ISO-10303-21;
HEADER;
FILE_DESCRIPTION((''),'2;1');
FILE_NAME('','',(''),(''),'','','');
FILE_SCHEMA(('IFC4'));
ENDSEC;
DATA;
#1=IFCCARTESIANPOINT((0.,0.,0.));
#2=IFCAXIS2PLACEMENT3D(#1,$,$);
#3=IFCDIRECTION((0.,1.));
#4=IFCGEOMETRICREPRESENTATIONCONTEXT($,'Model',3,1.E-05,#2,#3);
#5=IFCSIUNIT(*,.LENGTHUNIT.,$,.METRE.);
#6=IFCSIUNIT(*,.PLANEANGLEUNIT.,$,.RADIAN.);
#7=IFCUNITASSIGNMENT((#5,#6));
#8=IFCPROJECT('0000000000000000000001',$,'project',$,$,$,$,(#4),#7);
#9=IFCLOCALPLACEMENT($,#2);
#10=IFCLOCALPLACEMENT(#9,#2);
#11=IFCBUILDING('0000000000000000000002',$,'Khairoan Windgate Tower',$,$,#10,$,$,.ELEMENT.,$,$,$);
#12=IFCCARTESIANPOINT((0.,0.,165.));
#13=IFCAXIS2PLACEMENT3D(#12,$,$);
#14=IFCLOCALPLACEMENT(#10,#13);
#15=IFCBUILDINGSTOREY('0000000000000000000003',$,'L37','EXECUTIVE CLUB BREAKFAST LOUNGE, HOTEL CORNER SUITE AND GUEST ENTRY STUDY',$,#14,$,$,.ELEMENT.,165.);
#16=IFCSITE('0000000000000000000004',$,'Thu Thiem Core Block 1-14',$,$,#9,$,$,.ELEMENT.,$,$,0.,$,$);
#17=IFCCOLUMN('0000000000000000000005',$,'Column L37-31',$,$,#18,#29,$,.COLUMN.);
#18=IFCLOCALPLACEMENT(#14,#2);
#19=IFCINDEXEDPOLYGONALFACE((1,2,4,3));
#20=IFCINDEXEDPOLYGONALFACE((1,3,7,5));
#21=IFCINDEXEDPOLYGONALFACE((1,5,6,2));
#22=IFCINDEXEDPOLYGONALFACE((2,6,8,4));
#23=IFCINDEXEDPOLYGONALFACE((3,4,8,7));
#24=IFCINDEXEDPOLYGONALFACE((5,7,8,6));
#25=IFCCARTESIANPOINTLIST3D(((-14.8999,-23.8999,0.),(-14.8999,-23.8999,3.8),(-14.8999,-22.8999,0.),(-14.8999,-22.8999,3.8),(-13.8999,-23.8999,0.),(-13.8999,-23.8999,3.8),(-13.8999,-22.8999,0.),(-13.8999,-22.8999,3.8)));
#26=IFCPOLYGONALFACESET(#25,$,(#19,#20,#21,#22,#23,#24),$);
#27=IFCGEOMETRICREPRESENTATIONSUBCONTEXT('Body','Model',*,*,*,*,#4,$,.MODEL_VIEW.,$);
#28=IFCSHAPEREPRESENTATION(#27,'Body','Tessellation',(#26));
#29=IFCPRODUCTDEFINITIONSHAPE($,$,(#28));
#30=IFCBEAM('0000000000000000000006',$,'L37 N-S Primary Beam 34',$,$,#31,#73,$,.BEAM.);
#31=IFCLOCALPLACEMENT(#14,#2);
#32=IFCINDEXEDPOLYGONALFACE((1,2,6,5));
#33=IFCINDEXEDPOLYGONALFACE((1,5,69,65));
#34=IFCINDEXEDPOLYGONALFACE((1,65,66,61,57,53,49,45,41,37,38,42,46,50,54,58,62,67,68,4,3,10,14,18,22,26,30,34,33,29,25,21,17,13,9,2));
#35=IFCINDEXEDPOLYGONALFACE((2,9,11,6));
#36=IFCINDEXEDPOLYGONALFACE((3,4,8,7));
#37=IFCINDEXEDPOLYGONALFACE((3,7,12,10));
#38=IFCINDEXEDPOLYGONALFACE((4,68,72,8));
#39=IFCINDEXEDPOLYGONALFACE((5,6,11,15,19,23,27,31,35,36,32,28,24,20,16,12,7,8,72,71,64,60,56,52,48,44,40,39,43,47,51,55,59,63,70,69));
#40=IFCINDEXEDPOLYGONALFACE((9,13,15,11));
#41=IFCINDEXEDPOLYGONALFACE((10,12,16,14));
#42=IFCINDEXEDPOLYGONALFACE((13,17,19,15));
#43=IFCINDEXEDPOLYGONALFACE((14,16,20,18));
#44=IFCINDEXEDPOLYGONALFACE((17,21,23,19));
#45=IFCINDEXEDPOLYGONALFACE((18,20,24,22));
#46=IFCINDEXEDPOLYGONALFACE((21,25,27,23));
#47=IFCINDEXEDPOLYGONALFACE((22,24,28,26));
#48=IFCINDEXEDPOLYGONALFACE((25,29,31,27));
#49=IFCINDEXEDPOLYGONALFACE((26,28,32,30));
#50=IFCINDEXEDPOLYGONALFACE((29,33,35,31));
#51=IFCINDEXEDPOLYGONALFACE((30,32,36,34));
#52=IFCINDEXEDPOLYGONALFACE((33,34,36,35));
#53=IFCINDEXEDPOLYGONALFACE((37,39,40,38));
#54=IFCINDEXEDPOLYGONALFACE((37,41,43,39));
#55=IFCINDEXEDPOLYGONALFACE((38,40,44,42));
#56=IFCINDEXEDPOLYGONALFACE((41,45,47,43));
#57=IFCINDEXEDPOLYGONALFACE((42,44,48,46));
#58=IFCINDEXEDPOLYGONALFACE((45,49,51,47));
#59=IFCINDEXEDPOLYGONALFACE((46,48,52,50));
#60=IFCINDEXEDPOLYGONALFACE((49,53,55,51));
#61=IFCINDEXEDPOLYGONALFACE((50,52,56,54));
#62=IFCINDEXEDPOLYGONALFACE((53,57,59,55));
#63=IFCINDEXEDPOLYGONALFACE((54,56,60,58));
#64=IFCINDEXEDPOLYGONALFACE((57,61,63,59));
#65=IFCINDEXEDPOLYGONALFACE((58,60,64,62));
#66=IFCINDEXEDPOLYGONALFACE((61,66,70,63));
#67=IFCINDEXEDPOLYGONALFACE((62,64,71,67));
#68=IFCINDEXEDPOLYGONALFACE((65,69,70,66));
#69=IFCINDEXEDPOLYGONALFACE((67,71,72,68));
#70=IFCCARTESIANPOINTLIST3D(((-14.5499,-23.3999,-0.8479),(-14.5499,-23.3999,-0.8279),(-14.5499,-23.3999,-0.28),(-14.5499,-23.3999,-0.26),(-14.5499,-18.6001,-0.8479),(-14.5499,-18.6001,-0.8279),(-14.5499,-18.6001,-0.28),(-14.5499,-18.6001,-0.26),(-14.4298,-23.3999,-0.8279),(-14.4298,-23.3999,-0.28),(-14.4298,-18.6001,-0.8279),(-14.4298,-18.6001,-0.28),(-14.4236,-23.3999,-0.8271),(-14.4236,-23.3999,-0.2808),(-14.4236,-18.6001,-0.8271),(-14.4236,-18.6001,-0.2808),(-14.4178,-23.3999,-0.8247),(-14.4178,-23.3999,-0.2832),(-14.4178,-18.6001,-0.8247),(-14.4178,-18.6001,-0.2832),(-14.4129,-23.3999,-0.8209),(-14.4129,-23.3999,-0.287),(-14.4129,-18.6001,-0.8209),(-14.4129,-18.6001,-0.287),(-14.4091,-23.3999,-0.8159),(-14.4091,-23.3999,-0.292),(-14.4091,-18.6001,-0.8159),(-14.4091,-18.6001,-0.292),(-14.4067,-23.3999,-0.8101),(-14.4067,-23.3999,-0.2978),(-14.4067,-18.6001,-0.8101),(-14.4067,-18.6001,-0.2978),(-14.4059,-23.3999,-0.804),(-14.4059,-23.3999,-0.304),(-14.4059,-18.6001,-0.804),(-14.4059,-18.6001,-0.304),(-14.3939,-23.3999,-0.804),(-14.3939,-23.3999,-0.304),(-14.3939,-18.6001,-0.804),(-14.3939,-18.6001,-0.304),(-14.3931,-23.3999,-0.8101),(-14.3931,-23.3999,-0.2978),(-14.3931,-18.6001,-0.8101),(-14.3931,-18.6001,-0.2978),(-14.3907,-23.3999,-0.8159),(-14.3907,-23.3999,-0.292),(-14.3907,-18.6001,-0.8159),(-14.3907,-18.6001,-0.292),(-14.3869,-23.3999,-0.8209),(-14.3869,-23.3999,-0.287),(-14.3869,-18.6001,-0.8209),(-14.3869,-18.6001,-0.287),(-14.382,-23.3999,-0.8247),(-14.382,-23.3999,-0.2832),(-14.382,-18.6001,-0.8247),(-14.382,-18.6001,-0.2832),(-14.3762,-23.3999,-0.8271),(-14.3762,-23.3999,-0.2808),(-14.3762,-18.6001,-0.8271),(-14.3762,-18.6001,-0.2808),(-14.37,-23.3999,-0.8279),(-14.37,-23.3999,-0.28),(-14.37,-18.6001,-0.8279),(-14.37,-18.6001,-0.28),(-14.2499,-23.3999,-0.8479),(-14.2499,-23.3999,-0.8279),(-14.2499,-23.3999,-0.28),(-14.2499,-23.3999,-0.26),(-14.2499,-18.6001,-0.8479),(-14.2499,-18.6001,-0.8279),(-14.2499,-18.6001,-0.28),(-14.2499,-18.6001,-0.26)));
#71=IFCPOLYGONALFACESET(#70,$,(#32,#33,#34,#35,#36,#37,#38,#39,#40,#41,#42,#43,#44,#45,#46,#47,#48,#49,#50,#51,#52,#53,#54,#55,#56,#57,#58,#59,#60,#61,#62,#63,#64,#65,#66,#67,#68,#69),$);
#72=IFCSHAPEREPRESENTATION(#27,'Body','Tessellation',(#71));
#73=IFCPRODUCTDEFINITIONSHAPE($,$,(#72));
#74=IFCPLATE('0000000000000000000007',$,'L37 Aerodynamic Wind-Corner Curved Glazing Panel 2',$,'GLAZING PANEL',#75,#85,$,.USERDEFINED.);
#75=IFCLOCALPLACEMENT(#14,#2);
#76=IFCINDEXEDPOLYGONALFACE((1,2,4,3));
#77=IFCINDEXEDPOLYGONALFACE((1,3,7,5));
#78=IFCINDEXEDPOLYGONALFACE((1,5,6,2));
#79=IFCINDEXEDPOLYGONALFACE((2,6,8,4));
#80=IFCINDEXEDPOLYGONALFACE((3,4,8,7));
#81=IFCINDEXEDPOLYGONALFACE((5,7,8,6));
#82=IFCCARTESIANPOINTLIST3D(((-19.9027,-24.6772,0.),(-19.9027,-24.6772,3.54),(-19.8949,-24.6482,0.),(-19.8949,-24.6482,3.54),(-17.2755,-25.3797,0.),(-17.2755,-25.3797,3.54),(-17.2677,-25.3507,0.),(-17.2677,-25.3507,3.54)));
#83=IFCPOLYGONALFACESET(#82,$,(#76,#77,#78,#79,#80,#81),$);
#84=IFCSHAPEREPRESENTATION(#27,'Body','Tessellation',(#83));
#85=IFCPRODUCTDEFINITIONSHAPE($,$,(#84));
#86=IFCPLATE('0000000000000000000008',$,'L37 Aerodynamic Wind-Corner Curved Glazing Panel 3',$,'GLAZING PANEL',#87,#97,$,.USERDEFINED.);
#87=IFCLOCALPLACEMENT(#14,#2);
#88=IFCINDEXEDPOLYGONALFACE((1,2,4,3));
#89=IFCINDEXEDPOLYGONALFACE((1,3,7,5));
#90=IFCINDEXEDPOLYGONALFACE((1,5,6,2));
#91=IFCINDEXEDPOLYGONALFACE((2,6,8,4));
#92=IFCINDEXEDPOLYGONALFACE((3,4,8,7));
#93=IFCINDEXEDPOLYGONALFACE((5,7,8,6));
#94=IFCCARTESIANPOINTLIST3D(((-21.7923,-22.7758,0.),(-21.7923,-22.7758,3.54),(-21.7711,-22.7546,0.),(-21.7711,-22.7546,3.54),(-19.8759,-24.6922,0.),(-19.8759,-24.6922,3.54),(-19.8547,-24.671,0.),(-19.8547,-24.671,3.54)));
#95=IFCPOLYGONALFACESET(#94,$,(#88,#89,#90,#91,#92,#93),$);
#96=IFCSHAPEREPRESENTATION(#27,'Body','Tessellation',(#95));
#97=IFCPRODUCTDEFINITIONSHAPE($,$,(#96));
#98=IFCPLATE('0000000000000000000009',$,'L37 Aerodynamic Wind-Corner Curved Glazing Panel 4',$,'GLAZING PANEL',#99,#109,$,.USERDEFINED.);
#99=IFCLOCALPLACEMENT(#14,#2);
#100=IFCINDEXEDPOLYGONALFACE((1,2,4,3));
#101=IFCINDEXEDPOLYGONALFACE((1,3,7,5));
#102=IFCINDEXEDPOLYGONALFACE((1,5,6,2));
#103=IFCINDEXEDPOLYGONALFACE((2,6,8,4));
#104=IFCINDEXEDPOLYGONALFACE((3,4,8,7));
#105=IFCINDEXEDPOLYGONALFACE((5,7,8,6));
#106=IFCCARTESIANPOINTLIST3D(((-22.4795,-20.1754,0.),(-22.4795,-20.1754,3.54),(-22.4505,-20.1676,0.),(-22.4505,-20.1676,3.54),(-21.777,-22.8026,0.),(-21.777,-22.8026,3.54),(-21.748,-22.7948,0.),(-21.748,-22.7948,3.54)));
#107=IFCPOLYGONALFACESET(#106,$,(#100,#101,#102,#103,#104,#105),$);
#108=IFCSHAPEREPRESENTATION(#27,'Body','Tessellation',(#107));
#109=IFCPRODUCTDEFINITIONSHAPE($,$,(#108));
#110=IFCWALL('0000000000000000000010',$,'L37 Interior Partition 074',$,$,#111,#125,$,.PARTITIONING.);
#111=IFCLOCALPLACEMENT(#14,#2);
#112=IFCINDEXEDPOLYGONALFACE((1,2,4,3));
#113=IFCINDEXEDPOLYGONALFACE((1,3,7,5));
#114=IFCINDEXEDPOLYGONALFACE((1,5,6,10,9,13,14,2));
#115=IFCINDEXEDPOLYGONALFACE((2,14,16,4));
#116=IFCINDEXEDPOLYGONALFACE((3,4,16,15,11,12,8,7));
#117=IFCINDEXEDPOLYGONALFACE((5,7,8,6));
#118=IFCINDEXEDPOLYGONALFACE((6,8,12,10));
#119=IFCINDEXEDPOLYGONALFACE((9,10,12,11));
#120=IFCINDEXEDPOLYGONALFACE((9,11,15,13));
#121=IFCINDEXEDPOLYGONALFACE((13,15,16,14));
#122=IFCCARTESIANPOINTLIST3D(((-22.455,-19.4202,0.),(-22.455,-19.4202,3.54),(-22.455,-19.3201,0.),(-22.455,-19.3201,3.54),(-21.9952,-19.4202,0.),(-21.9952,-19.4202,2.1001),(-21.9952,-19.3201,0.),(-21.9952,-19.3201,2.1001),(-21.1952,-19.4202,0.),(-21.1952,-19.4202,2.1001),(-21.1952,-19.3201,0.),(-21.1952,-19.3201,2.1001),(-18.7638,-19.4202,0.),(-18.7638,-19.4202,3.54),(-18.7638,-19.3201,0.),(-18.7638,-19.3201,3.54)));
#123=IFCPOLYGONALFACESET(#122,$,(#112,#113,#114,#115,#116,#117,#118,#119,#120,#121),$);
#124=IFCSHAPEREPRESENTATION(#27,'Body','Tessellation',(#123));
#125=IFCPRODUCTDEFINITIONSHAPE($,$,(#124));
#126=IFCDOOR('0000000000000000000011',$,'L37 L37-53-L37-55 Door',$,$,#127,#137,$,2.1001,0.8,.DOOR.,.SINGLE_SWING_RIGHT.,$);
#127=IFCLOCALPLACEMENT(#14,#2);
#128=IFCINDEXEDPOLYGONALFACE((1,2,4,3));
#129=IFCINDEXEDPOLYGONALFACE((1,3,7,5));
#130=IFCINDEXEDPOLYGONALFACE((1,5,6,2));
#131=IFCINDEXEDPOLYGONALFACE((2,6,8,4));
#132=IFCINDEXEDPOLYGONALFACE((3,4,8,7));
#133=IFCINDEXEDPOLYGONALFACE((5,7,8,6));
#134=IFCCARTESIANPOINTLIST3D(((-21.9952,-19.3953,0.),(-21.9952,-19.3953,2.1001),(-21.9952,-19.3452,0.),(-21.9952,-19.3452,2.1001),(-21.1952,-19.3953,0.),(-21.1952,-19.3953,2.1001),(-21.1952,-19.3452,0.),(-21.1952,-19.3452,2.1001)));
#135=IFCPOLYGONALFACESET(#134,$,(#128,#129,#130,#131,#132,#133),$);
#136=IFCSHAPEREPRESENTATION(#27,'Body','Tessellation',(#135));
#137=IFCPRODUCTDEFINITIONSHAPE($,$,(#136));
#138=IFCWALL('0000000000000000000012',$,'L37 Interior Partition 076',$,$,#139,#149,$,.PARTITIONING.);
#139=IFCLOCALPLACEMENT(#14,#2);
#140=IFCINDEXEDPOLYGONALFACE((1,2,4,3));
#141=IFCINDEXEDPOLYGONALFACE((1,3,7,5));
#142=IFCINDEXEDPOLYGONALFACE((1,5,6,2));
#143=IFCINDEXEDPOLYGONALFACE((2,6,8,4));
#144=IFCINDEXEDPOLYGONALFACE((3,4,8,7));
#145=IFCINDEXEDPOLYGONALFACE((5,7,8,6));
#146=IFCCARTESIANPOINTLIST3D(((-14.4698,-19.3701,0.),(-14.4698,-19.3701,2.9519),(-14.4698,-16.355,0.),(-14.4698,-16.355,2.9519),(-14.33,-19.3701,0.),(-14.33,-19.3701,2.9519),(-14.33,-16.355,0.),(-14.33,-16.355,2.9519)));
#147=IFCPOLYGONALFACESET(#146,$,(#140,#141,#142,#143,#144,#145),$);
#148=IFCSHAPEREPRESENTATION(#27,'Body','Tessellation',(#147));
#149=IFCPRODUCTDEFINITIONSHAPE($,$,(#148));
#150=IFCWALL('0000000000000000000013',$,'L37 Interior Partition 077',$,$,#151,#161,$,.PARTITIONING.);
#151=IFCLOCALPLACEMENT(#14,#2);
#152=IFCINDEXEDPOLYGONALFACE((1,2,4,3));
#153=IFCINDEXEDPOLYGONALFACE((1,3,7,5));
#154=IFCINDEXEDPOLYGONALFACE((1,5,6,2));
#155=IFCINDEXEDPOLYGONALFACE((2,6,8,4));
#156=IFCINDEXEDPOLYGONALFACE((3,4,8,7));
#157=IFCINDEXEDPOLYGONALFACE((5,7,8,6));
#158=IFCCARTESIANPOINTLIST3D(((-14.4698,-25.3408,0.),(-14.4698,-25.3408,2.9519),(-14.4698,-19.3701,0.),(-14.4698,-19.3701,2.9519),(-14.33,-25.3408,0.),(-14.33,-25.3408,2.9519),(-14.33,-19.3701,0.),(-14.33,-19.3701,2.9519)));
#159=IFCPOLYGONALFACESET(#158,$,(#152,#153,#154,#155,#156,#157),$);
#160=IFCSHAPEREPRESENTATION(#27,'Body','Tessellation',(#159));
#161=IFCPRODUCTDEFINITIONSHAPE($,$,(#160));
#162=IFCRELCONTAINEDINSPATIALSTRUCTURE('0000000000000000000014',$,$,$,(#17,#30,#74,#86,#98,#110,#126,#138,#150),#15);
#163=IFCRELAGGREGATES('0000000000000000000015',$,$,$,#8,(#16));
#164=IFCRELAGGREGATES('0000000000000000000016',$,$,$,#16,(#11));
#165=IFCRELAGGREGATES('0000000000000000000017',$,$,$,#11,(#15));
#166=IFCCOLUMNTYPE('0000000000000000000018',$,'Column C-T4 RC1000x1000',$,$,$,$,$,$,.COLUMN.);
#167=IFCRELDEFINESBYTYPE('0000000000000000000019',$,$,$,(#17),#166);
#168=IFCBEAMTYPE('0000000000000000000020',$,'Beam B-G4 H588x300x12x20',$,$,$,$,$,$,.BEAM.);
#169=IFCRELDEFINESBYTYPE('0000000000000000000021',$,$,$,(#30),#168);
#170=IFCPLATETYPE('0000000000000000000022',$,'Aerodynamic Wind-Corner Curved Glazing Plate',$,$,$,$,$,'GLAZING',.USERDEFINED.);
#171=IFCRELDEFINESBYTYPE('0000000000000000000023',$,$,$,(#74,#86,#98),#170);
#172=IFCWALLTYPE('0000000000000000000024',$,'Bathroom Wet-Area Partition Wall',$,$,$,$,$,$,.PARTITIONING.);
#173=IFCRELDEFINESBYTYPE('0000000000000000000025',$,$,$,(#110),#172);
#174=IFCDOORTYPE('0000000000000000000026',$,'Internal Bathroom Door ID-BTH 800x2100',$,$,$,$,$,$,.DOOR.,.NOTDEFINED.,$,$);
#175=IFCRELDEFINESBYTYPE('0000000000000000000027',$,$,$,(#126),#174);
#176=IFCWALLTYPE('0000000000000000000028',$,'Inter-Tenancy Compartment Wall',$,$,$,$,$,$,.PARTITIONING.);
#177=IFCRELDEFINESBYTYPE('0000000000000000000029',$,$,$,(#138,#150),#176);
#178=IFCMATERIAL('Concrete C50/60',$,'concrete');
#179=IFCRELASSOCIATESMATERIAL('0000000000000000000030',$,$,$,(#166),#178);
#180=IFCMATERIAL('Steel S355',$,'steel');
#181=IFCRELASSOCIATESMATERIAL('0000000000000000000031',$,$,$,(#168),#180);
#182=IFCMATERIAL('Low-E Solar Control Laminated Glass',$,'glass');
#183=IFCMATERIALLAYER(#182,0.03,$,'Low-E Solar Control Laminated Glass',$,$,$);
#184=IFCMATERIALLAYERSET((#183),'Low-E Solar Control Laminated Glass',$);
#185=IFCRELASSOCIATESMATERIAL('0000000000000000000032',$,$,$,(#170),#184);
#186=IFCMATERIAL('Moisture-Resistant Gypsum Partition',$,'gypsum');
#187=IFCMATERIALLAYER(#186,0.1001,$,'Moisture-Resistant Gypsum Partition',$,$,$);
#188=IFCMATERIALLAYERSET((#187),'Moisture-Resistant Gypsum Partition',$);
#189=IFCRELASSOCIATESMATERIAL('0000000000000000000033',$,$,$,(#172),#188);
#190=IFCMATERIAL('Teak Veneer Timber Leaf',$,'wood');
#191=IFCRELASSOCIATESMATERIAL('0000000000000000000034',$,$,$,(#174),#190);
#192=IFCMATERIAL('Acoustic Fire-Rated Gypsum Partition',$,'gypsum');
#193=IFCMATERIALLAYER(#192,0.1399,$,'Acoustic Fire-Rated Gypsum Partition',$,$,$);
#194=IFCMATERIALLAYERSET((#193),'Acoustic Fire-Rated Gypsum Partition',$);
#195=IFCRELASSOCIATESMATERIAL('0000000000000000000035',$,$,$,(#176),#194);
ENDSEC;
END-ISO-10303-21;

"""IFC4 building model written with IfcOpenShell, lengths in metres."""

from ifc_helpers import new_model, si_unit, direction, frame, frame_2d, origin, origin_2d, place, context, subcontext, project, spatial, rectangle, i_section, extrude, material, layer, layer_set, material_profile, profile_set, type_object, element, fill, save


model = new_model("IFC4")

# Units and contexts
model_context = context("Model", 3, precision=1e-05, world=origin(), true_north=direction((0.0, 1.0)))
body_context = subcontext(model_context, "Body", "Model", "MODEL_VIEW")
ifc_project = project(units=[si_unit("LENGTHUNIT", "METRE"), si_unit("PLANEANGLEUNIT", "RADIAN")], contexts=[model_context])

# Site, building, storey
site_placement = place(None, origin())
site = spatial("IfcSite", under=ifc_project, at=site_placement, Name="Thu Thiem Core Block 1-14", CompositionType="ELEMENT", RefElevation=0.0)
building_placement = place(site_placement, origin())
building = spatial("IfcBuilding", under=site, at=building_placement, Name="Khairoan Windgate Tower", CompositionType="ELEMENT")
storey_placement = place(building_placement, frame((0.0, 0.0, 165.0)))
storey = spatial("IfcBuildingStorey", under=building, at=storey_placement, Name="L37", Description="EXECUTIVE CLUB BREAKFAST LOUNGE, HOTEL CORNER SUITE AND GUEST ENTRY STUDY", CompositionType="ELEMENT", Elevation=165.0)

# Column
ifc_material_1 = material(Name="Concrete C50/60", Category="concrete")
ifc_material_profile_1 = material_profile(ifc_material_1, rectangle(XDim=1.0, YDim=1.0, at=origin_2d()))
ifc_profile_set_1 = profile_set([ifc_material_profile_1], Name="Concrete C50/60")
column_type = type_object("IfcColumnType", Name="Column C-T4 RC1000x1000", PredefinedType="COLUMN", material=ifc_profile_set_1)
column_placement = place(storey_placement, frame((-14.3999, -23.3999, 0.0), z_axis=(0.0, 0.0, 1.0), x_axis=(1.0, 0.0, 0.0)))
element("IfcColumn", 1, at=column_placement, inside=storey, type_object=column_type, Name="Column L37-31", PredefinedType="COLUMN", context=body_context, shape_type="SweptSolid", body=[
    extrude(rectangle(XDim=1.0, YDim=1.0, at=origin_2d()), origin(), (0.0, 0.0, 1.0), 3.8),
])

# Beam
ifc_material_2 = material(Name="Steel S355", Category="steel")
ifc_material_profile_2 = material_profile(ifc_material_2, i_section(OverallWidth=0.3, OverallDepth=0.5879, WebThickness=0.012, FlangeThickness=0.02, FilletRadius=0.0239, at=origin_2d()))
ifc_profile_set_2 = profile_set([ifc_material_profile_2], Name="Steel S355")
beam_type = type_object("IfcBeamType", Name="Beam B-G4 H588x300x12x20", PredefinedType="BEAM", material=ifc_profile_set_2)
beam_placement = place(storey_placement, frame((-14.3999, -23.3999, -0.554), z_axis=(0.0, 1.0, 0.0), x_axis=(-1.0, 0.0, 0.0)))
element("IfcBeam", 2, at=beam_placement, inside=storey, type_object=beam_type, Name="L37 N-S Primary Beam 34", PredefinedType="BEAM", context=body_context, shape_type="SweptSolid", body=[
    extrude(i_section(OverallWidth=0.3, OverallDepth=0.5879, WebThickness=0.012, FlangeThickness=0.02, FilletRadius=0.0239, at=origin_2d()), origin(), (0.0, 0.0, 1.0), 4.7998),
])

# Plates
ifc_material_3 = material(Name="Low-E Solar Control Laminated Glass", Category="glass")
ifc_layer_1 = layer(ifc_material_3, 0.03, Name="Low-E Solar Control Laminated Glass")
ifc_layer_set_1 = layer_set([ifc_layer_1], Name="Low-E Solar Control Laminated Glass")
plate_type_1 = type_object("IfcPlateType", Name="Aerodynamic Wind-Corner Curved Glazing Plate", ElementType="GLAZING", PredefinedType="USERDEFINED", material=ifc_layer_set_1)
plate_1_placement = place(storey_placement, frame((-18.5852, -25.0139, 0.0), z_axis=(0.0, 0.0, 1.0), x_axis=(-0.966061, 0.258313, 0.0)))
element("IfcPlate", 3, at=plate_1_placement, inside=storey, type_object=plate_type_1, Name="L37 Aerodynamic Wind-Corner Curved Glazing Panel 2", ObjectType="GLAZING PANEL", PredefinedType="USERDEFINED", context=body_context, shape_type="SweptSolid", body=[
    extrude(rectangle(XDim=2.7195, YDim=0.03, at=origin_2d()), origin(), (0.0, 0.0, 1.0), 3.54),
])
plate_2_placement = place(storey_placement, frame((-20.8235, -23.7234, 0.0), z_axis=(0.0, 0.0, 1.0), x_axis=(-0.707107, 0.707107, 0.0)))
element("IfcPlate", 4, at=plate_2_placement, inside=storey, type_object=plate_type_1, Name="L37 Aerodynamic Wind-Corner Curved Glazing Panel 3", ObjectType="GLAZING PANEL", PredefinedType="USERDEFINED", context=body_context, shape_type="SweptSolid", body=[
    extrude(rectangle(XDim=2.7102, YDim=0.03, at=origin_2d()), origin(), (0.0, 0.0, 1.0), 3.54),
])
plate_3_placement = place(storey_placement, frame((-22.1138, -21.4851, 0.0), z_axis=(0.0, 0.0, 1.0), x_axis=(-0.258313, 0.966061, 0.0)))
element("IfcPlate", 5, at=plate_3_placement, inside=storey, type_object=plate_type_1, Name="L37 Aerodynamic Wind-Corner Curved Glazing Panel 4", ObjectType="GLAZING PANEL", PredefinedType="USERDEFINED", context=body_context, shape_type="SweptSolid", body=[
    extrude(rectangle(XDim=2.7195, YDim=0.03, at=origin_2d()), origin(), (0.0, 0.0, 1.0), 3.54),
])

# Wall, opening, door
ifc_material_4 = material(Name="Moisture-Resistant Gypsum Partition", Category="gypsum")
ifc_layer_2 = layer(ifc_material_4, 0.1001, Name="Moisture-Resistant Gypsum Partition")
ifc_layer_set_2 = layer_set([ifc_layer_2], Name="Moisture-Resistant Gypsum Partition")
wall_type_1 = type_object("IfcWallType", Name="Bathroom Wet-Area Partition Wall", PredefinedType="PARTITIONING", material=ifc_layer_set_2)
wall_1_placement = place(storey_placement, frame((-22.4551, -19.3701, 0.0), z_axis=(0.0, 0.0, 1.0), x_axis=(1.0, 0.0, 0.0)))
wall_1 = element("IfcWall", 6, at=wall_1_placement, inside=storey, type_object=wall_type_1, Name="L37 Interior Partition 074", PredefinedType="PARTITIONING", context=body_context, shape_type="SweptSolid", body=[
    extrude(rectangle(XDim=3.6912, YDim=0.1001, at=frame_2d((1.8457, 0.0))), origin(), (0.0, 0.0, 1.0), 3.54),
])
opening_1_placement = place(wall_1_placement, frame((0.46, 0.0, 0.0)))
opening_1 = element("IfcOpeningElement", 7, at=opening_1_placement, cuts=wall_1, PredefinedType="OPENING", context=body_context, shape_type="SweptSolid", body=[
    extrude(rectangle(XDim=0.8, YDim=2.1001, at=frame_2d((0.3999, 1.05))), frame((0.0, 0.0601, 0.0), z_axis=(0.0, -1.0, 0.0), x_axis=(1.0, 0.0, 0.0)), (0.0, 0.0, 1.0), 0.1201),
])
ifc_material_5 = material(Name="Teak Veneer Timber Leaf", Category="wood")
door_type_1 = type_object("IfcDoorType", Name="Internal Bathroom Door ID-BTH 800x2100", OperationType="NOTDEFINED", PredefinedType="DOOR", material=ifc_material_5)
door_1_placement = place(opening_1_placement, origin())
door_1 = element("IfcDoor", 8, at=door_1_placement, inside=storey, type_object=door_type_1, Name="L37 L37-53-L37-55 Door", OperationType="SINGLE_SWING_RIGHT", OverallHeight=2.1001, OverallWidth=0.8, PredefinedType="DOOR", context=body_context, shape_type="SweptSolid", body=[
    extrude(rectangle(XDim=0.8, YDim=2.1001, at=frame_2d((0.3999, 1.05))), frame((0.0, 0.0249, 0.0), z_axis=(0.0, -1.0, 0.0), x_axis=(1.0, 0.0, 0.0)), (0.0, 0.0, 1.0), 0.05),
])
fill(opening_1, door_1)

# Walls
ifc_material_6 = material(Name="Acoustic Fire-Rated Gypsum Partition", Category="gypsum")
ifc_layer_3 = layer(ifc_material_6, 0.1399, Name="Acoustic Fire-Rated Gypsum Partition")
ifc_layer_set_3 = layer_set([ifc_layer_3], Name="Acoustic Fire-Rated Gypsum Partition")
wall_type_2 = type_object("IfcWallType", Name="Inter-Tenancy Compartment Wall", PredefinedType="PARTITIONING", material=ifc_layer_set_3)
wall_2_placement = place(storey_placement, frame((-14.3999, -19.3701, 0.0), z_axis=(0.0, 0.0, 1.0), x_axis=(0.0, 1.0, 0.0)))
element("IfcWall", 9, at=wall_2_placement, inside=storey, type_object=wall_type_2, Name="L37 Interior Partition 076", PredefinedType="PARTITIONING", context=body_context, shape_type="SweptSolid", body=[
    extrude(rectangle(XDim=3.0151, YDim=0.1399, at=frame_2d((1.5076, 0.0))), origin(), (0.0, 0.0, 1.0), 2.9519),
])
wall_3_placement = place(storey_placement, frame((-14.3999, -25.3408, 0.0), z_axis=(0.0, 0.0, 1.0), x_axis=(0.0, 1.0, 0.0)))
element("IfcWall", 10, at=wall_3_placement, inside=storey, type_object=wall_type_2, Name="L37 Interior Partition 077", PredefinedType="PARTITIONING", context=body_context, shape_type="SweptSolid", body=[
    extrude(rectangle(XDim=5.9707, YDim=0.1399, at=frame_2d((2.9854, 0.0))), origin(), (0.0, 0.0, 1.0), 2.9519),
])

save(model, "model.ifc")
